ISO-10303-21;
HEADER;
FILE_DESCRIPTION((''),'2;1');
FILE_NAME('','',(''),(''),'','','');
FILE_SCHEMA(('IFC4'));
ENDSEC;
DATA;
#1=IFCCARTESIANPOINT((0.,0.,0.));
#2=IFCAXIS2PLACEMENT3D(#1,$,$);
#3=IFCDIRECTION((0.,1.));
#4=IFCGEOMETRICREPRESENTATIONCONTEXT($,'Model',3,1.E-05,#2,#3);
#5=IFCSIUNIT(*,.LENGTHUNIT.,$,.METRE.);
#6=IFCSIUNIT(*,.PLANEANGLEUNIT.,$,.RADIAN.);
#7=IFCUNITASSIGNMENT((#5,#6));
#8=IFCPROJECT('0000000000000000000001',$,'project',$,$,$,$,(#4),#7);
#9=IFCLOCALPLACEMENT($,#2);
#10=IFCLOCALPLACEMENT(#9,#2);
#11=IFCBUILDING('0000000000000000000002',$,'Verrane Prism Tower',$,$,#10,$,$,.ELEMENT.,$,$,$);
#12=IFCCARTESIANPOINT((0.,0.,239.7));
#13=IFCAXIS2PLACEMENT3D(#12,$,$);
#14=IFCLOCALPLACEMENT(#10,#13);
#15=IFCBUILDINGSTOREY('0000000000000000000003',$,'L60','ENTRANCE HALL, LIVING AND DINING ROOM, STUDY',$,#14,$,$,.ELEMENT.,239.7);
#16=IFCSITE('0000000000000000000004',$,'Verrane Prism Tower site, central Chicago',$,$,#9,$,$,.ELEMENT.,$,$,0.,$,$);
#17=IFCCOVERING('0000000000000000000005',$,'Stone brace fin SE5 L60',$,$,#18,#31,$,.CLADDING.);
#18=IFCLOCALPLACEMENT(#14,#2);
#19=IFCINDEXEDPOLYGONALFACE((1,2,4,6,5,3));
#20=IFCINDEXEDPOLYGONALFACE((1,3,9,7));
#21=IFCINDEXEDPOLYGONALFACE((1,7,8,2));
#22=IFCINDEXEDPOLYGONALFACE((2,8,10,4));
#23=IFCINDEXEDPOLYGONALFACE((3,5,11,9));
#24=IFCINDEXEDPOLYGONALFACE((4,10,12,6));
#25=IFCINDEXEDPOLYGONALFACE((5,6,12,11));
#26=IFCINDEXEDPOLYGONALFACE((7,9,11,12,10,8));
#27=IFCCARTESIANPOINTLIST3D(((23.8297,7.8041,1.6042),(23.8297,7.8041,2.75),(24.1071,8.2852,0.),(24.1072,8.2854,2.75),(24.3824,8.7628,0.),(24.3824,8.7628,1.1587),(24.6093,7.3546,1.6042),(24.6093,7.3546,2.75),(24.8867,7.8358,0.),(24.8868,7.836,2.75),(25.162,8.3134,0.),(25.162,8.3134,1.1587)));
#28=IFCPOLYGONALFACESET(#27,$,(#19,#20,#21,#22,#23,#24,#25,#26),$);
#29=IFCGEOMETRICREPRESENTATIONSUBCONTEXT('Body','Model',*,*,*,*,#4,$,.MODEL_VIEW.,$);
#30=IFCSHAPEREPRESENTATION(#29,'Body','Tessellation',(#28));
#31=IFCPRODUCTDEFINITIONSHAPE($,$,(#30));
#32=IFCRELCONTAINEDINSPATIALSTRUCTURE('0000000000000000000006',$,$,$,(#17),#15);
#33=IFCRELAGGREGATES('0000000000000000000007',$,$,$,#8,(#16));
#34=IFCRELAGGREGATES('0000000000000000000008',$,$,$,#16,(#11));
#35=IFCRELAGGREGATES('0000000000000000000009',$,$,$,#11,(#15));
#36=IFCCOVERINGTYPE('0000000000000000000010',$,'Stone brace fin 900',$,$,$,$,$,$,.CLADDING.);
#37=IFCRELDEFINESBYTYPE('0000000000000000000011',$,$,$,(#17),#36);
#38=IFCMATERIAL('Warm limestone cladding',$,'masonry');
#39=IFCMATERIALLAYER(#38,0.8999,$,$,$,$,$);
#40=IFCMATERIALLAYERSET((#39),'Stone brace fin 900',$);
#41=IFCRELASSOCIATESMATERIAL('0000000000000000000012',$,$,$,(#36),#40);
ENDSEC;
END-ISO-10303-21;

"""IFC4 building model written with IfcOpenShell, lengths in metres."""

from ifc_helpers import new_model, si_unit, direction, frame, origin, place, context, subcontext, project, spatial, polyline, outline, extrude, material, layer, layer_set, type_object, element, save


model = new_model("IFC4")

# Units and contexts
model_context = context("Model", 3, precision=1e-05, world=origin(), true_north=direction((0.0, 1.0)))
body_context = subcontext(model_context, "Body", "Model", "MODEL_VIEW")
ifc_project = project(units=[si_unit("LENGTHUNIT", "METRE"), si_unit("PLANEANGLEUNIT", "RADIAN")], contexts=[model_context])

# Site, building, storey
site_placement = place(None, origin())
site = spatial("IfcSite", under=ifc_project, at=site_placement, Name="Verrane Prism Tower site, central Chicago", CompositionType="ELEMENT", RefElevation=0.0)
building_placement = place(site_placement, origin())
building = spatial("IfcBuilding", under=site, at=building_placement, Name="Verrane Prism Tower", CompositionType="ELEMENT")
storey_placement = place(building_placement, frame((0.0, 0.0, 239.7)))
storey = spatial("IfcBuildingStorey", under=building, at=storey_placement, Name="L60", Description="ENTRANCE HALL, LIVING AND DINING ROOM, STUDY", CompositionType="ELEMENT", Elevation=239.7)

# Covering
ifc_material_1 = material(Name="Warm limestone cladding", Category="masonry")
ifc_layer_1 = layer(ifc_material_1, 0.8999)
ifc_layer_set_1 = layer_set([ifc_layer_1], Name="Stone brace fin 900")
covering_type = type_object("IfcCoveringType", Name="Stone brace fin 900", PredefinedType="CLADDING", material=ifc_layer_set_1)
covering_placement = place(storey_placement, frame((24.7722, 8.5381, 0.0), z_axis=(0.0, 0.0, 1.0), x_axis=(-0.499461, -0.866336, 0.0)))
element("IfcCovering", 1, at=covering_placement, inside=storey, type_object=covering_type, Name="Stone brace fin SE5 L60", PredefinedType="CLADDING", context=body_context, shape_type="SweptSolid", body=[
    extrude(outline(polyline([(1.1067, 2.75), (0.551, 2.75), (0.0, 1.1587), (0.0, 0.0), (0.5513, 0.0), (1.1067, 1.6042), (1.1067, 2.75)])), frame((0.0, 0.45, 0.0), z_axis=(0.0, -1.0, 0.0), x_axis=(1.0, 0.0, 0.0)), (0.0, 0.0, 1.0), 0.8999),
])

save(model, "model.ifc")
